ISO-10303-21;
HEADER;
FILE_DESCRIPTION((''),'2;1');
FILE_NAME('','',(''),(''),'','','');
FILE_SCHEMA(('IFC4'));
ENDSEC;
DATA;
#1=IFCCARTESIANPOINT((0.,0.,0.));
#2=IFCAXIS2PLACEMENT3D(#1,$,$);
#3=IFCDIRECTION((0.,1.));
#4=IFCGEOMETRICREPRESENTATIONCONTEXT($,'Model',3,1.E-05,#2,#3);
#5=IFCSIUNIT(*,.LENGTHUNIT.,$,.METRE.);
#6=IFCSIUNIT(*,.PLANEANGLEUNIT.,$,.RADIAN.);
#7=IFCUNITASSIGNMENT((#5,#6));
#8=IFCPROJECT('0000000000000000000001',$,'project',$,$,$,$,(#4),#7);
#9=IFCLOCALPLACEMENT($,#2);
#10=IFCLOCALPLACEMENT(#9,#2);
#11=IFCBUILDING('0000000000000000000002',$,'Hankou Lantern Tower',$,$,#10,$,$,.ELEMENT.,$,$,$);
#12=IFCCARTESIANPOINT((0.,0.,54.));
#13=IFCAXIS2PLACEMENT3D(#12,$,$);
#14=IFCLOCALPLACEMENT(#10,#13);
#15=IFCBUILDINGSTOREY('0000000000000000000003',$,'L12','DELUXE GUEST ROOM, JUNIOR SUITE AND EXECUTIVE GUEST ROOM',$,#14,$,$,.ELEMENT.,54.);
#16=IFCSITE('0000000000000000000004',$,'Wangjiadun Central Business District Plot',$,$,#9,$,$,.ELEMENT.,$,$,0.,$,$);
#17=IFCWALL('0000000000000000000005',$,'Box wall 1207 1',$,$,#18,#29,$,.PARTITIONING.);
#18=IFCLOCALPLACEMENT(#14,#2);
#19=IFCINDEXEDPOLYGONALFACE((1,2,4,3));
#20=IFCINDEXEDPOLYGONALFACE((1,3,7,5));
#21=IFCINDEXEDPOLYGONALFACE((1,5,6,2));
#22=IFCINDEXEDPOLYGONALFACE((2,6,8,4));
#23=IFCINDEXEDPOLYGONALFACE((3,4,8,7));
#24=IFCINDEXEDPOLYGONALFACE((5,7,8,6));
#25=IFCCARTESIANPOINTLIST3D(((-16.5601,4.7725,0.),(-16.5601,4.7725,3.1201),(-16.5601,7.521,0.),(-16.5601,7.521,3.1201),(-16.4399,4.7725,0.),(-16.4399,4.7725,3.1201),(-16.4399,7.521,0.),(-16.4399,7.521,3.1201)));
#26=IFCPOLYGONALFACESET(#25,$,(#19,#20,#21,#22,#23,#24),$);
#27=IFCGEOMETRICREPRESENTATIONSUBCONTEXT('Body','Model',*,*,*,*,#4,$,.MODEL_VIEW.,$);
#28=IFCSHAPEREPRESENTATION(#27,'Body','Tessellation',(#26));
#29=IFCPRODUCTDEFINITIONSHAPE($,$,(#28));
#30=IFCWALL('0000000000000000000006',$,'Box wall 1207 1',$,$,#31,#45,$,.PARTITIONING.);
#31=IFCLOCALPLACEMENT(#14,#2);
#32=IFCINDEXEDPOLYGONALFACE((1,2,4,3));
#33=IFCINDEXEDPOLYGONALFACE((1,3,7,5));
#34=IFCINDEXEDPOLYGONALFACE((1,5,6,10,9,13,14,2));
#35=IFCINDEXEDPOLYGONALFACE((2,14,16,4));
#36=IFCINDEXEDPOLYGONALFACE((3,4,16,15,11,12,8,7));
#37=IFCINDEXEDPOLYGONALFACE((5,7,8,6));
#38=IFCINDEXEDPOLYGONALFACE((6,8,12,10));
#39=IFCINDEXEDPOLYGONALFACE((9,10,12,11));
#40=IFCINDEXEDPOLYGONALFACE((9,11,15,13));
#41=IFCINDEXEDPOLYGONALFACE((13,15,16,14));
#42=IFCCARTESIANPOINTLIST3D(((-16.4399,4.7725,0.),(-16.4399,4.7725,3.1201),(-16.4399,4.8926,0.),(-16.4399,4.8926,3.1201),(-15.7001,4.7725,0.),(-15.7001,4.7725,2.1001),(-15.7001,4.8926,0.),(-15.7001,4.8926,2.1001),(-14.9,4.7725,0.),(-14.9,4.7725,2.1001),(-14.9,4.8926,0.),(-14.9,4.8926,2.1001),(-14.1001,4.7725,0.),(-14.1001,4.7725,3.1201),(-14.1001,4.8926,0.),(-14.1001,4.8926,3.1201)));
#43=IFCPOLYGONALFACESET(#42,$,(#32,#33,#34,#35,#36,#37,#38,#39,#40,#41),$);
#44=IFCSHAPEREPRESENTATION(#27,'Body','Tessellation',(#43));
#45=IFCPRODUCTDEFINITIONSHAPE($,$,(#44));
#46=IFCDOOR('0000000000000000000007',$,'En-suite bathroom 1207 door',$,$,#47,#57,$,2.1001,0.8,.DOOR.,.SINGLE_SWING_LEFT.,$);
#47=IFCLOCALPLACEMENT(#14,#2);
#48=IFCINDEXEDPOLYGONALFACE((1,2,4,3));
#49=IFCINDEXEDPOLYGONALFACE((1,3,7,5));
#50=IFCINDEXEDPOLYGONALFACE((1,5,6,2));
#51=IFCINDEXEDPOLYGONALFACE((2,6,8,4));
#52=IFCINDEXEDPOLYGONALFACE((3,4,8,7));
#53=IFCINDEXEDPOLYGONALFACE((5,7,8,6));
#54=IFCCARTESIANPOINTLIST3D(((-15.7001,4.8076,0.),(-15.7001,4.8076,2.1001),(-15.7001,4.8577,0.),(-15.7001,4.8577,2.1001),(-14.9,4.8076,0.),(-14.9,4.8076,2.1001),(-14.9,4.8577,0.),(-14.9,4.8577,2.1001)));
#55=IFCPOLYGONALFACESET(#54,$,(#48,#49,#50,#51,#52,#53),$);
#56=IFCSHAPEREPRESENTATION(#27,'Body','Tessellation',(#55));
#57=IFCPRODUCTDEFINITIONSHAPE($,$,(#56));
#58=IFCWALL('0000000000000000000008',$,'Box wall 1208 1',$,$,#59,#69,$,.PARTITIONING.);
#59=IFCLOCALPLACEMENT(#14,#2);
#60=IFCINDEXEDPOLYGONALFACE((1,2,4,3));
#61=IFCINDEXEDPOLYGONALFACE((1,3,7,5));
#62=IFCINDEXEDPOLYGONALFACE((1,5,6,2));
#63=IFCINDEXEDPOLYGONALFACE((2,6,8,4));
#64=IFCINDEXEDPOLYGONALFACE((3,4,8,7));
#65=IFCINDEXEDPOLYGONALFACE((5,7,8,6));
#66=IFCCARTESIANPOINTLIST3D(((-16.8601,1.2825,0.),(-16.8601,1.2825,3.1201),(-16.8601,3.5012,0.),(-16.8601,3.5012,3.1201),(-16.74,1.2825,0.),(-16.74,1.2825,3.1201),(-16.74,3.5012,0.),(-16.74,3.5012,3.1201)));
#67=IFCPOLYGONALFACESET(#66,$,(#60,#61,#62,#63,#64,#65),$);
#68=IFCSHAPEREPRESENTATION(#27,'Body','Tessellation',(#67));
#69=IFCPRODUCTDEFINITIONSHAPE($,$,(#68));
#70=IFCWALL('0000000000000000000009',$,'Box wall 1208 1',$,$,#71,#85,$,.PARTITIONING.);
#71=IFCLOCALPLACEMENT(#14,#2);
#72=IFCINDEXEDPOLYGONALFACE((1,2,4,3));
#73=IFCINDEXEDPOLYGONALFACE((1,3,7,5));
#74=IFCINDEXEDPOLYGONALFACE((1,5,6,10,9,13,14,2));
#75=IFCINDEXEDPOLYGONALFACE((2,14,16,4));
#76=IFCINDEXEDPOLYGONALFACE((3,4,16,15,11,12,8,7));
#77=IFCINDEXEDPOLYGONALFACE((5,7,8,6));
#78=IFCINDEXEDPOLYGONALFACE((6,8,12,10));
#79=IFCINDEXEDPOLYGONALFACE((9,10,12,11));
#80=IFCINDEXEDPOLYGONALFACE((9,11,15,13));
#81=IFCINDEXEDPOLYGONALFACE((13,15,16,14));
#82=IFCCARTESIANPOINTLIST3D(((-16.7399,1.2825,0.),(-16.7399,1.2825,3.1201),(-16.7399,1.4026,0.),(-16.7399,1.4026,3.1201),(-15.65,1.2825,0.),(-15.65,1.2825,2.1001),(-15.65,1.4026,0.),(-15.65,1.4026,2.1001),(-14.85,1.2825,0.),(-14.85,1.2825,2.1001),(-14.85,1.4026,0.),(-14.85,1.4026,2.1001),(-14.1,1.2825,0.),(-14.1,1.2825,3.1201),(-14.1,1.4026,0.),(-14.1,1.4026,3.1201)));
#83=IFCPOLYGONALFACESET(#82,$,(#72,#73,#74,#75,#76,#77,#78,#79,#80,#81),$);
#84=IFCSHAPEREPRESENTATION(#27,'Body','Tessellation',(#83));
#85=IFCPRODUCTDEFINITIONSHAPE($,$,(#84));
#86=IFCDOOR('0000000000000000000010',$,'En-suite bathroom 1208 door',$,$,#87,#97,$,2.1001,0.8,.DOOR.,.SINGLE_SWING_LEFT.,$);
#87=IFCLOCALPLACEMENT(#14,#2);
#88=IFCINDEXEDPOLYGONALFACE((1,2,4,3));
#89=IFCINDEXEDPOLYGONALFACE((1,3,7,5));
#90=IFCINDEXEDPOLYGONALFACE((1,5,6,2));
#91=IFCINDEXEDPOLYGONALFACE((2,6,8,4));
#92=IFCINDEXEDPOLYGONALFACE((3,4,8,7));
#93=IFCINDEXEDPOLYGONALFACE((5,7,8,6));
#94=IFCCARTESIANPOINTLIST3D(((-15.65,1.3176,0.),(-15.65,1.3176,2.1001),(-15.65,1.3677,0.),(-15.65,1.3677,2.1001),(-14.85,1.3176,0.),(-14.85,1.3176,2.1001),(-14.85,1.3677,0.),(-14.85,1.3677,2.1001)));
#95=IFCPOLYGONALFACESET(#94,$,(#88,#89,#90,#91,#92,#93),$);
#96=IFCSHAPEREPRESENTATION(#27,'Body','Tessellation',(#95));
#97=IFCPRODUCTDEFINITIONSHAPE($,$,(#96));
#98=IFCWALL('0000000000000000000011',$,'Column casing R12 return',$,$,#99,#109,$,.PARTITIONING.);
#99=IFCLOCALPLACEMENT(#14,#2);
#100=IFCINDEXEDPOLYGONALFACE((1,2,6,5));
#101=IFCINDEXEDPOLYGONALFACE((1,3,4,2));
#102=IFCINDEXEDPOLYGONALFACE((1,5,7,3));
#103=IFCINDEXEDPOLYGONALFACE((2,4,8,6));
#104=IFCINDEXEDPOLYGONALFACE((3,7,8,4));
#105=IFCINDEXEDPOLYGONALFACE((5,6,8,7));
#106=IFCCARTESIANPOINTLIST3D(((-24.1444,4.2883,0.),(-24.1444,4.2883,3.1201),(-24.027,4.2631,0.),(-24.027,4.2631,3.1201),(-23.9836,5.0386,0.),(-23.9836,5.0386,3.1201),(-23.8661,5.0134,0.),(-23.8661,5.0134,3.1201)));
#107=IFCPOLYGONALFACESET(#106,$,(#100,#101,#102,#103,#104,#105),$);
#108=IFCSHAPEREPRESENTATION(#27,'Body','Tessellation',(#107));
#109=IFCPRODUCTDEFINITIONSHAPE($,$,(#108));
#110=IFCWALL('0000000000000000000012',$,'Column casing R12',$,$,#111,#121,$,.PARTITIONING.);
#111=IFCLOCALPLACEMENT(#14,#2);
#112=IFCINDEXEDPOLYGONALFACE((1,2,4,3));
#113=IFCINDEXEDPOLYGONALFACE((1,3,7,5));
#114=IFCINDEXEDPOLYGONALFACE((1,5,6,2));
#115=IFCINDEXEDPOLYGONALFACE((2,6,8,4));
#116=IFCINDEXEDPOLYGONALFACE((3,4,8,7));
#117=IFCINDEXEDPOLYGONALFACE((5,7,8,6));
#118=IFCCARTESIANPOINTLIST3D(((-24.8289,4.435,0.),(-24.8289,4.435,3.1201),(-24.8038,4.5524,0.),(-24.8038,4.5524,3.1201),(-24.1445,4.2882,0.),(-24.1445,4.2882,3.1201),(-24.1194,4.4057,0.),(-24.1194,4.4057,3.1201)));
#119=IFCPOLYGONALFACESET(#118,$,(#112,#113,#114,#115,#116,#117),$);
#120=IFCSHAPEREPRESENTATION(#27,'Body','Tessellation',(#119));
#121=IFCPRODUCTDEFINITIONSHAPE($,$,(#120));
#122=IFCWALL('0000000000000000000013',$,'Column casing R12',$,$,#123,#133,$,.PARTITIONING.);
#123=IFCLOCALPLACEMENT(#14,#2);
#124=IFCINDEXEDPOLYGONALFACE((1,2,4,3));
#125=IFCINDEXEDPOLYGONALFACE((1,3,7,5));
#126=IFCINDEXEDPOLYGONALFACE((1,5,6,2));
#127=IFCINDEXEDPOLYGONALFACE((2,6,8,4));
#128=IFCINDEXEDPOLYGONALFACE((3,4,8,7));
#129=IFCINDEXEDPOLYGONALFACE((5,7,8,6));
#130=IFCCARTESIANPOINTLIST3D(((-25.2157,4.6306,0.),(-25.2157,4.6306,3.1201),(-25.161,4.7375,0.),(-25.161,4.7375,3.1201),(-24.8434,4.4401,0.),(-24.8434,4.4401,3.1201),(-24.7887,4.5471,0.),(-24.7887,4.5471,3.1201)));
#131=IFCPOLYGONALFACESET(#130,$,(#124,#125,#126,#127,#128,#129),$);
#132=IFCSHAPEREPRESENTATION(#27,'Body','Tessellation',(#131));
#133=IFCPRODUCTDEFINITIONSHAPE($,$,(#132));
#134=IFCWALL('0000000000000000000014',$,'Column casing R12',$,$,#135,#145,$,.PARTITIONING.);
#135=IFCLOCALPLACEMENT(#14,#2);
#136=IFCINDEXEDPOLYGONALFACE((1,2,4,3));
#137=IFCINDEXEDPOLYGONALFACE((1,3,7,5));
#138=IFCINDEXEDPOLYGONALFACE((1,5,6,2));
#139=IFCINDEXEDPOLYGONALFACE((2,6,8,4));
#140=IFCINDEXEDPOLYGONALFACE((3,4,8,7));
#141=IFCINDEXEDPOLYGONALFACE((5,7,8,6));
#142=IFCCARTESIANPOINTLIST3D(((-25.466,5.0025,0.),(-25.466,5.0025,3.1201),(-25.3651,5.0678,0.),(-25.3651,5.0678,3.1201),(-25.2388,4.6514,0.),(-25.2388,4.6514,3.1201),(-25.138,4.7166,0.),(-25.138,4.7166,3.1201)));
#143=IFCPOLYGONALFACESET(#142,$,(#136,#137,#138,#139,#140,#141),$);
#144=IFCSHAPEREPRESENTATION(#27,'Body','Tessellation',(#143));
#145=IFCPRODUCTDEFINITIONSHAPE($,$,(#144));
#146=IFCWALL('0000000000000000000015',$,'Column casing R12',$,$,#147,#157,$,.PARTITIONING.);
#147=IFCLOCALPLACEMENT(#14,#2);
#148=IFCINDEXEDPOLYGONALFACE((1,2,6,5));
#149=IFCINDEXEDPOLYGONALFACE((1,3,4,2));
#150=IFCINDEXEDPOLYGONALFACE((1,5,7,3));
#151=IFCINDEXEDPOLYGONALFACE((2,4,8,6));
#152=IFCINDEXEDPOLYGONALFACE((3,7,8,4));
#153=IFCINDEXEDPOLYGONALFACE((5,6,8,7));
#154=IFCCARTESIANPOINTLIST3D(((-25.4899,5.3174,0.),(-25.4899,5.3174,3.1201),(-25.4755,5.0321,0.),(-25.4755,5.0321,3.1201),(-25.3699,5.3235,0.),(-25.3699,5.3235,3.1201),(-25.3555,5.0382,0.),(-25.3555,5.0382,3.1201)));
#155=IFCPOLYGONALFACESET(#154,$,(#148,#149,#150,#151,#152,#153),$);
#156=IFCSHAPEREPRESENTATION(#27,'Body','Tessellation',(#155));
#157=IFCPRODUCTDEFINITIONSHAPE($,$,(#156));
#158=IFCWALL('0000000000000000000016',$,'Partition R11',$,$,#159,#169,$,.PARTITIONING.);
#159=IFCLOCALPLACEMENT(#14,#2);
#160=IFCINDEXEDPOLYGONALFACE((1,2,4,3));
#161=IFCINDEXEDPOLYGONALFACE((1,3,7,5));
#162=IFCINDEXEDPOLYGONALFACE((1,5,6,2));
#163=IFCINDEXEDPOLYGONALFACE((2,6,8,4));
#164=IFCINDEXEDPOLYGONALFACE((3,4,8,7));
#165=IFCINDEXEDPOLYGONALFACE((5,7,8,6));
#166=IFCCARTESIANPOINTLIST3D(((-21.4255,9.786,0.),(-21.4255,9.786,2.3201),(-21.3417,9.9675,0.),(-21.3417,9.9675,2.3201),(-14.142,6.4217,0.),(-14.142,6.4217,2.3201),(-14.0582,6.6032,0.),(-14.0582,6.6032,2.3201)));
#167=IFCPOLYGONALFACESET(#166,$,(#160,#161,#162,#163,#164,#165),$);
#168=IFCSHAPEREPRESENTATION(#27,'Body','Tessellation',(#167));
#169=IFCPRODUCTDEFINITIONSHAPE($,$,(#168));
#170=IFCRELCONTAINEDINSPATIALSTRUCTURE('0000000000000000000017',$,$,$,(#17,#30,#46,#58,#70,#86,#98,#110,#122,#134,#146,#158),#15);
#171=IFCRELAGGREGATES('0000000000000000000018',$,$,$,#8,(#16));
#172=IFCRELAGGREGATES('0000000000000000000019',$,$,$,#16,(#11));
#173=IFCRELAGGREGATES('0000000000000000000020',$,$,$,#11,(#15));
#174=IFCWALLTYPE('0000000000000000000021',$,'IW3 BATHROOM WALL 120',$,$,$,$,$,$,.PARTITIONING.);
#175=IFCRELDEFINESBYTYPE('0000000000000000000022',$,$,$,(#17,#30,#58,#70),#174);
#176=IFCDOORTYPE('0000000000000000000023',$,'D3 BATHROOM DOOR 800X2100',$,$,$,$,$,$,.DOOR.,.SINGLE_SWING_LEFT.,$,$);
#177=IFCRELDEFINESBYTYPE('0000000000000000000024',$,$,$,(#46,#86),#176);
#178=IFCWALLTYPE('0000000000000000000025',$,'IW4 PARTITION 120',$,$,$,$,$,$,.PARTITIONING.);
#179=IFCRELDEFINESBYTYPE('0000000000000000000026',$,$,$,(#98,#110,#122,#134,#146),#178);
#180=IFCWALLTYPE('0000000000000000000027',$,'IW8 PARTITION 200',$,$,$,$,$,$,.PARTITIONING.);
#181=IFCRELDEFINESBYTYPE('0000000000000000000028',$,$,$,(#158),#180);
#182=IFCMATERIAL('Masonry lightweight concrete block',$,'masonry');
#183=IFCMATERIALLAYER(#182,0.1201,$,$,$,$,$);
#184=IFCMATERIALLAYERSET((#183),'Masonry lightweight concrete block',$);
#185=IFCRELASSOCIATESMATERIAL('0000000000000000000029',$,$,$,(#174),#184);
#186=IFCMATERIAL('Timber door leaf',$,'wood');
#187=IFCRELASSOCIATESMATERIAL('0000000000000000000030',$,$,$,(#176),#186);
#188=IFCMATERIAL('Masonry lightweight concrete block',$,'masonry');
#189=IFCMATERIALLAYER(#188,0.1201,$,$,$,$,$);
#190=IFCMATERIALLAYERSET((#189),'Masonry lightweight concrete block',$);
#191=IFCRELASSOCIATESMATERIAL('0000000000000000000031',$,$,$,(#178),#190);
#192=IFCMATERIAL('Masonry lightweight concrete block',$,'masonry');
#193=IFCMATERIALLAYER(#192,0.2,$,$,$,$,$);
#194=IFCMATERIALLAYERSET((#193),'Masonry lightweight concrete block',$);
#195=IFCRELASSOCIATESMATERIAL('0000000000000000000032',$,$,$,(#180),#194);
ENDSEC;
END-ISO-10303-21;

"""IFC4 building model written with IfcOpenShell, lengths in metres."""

from ifc_helpers import new_model, si_unit, direction, frame, frame_2d, origin, place, context, subcontext, project, spatial, rectangle, extrude, material, layer, layer_set, type_object, element, fill, save


model = new_model("IFC4")

# Units and contexts
model_context = context("Model", 3, precision=1e-05, world=origin(), true_north=direction((0.0, 1.0)))
body_context = subcontext(model_context, "Body", "Model", "MODEL_VIEW")
ifc_project = project(units=[si_unit("LENGTHUNIT", "METRE"), si_unit("PLANEANGLEUNIT", "RADIAN")], contexts=[model_context])

# Site, building, storey
site_placement = place(None, origin())
site = spatial("IfcSite", under=ifc_project, at=site_placement, Name="Wangjiadun Central Business District Plot", CompositionType="ELEMENT", RefElevation=0.0)
building_placement = place(site_placement, origin())
building = spatial("IfcBuilding", under=site, at=building_placement, Name="Hankou Lantern Tower", CompositionType="ELEMENT")
storey_placement = place(building_placement, frame((0.0, 0.0, 54.0)))
storey = spatial("IfcBuildingStorey", under=building, at=storey_placement, Name="L12", Description="DELUXE GUEST ROOM, JUNIOR SUITE AND EXECUTIVE GUEST ROOM", CompositionType="ELEMENT", Elevation=54.0)

# Wall
ifc_material_1 = material(Name="Masonry lightweight concrete block", Category="masonry")
ifc_layer_1 = layer(ifc_material_1, 0.1201)
ifc_layer_set_1 = layer_set([ifc_layer_1], Name="Masonry lightweight concrete block")
wall_type_1 = type_object("IfcWallType", Name="IW3 BATHROOM WALL 120", PredefinedType="PARTITIONING", material=ifc_layer_set_1)
wall_1_placement = place(storey_placement, frame((-16.5, 7.521, 0.0), z_axis=(0.0, 0.0, 1.0), x_axis=(0.0, -1.0, 0.0)))
element("IfcWall", 1, at=wall_1_placement, inside=storey, type_object=wall_type_1, Name="Box wall 1207 1", PredefinedType="PARTITIONING", context=body_context, shape_type="SweptSolid", body=[
    extrude(rectangle(XDim=2.7485, YDim=0.1201, at=frame_2d((1.3743, 0.0))), origin(), (0.0, 0.0, 1.0), 3.1201),
])

# Wall, opening, door
wall_2_placement = place(storey_placement, frame((-14.1001, 4.8325, 0.0), z_axis=(0.0, 0.0, 1.0), x_axis=(-1.0, 0.0, 0.0)))
wall_2 = element("IfcWall", 2, at=wall_2_placement, inside=storey, type_object=wall_type_1, Name="Box wall 1207 1", PredefinedType="PARTITIONING", context=body_context, shape_type="SweptSolid", body=[
    extrude(rectangle(XDim=2.3398, YDim=0.1201, at=frame_2d((1.1699, 0.0))), origin(), (0.0, 0.0, 1.0), 3.1201),
])
opening_1_placement = place(wall_2_placement, frame((0.8, 0.0, 0.0)))
opening_1 = element("IfcOpeningElement", 3, at=opening_1_placement, cuts=wall_2, PredefinedType="OPENING", context=body_context, shape_type="SweptSolid", body=[
    extrude(rectangle(XDim=0.8, YDim=2.1001, at=frame_2d((0.3999, 1.05))), frame((0.0, 0.0701, 0.0), z_axis=(0.0, -1.0, 0.0), x_axis=(1.0, 0.0, 0.0)), (0.0, 0.0, 1.0), 0.1401),
])
ifc_material_2 = material(Name="Timber door leaf", Category="wood")
door_type_1 = type_object("IfcDoorType", Name="D3 BATHROOM DOOR 800X2100", OperationType="SINGLE_SWING_LEFT", PredefinedType="DOOR", material=ifc_material_2)
door_1_placement = place(opening_1_placement, origin())
door_1 = element("IfcDoor", 4, at=door_1_placement, inside=storey, type_object=door_type_1, Name="En-suite bathroom 1207 door", OperationType="SINGLE_SWING_LEFT", OverallHeight=2.1001, OverallWidth=0.8, PredefinedType="DOOR", context=body_context, shape_type="SweptSolid", body=[
    extrude(rectangle(XDim=0.8, YDim=2.1001, at=frame_2d((0.3999, 1.05))), frame((0.0, 0.0249, 0.0), z_axis=(0.0, -1.0, 0.0), x_axis=(1.0, 0.0, 0.0)), (0.0, 0.0, 1.0), 0.05),
])
fill(opening_1, door_1)

# Wall
wall_3_placement = place(storey_placement, frame((-16.8, 3.5012, 0.0), z_axis=(0.0, 0.0, 1.0), x_axis=(0.0, -1.0, 0.0)))
element("IfcWall", 5, at=wall_3_placement, inside=storey, type_object=wall_type_1, Name="Box wall 1208 1", PredefinedType="PARTITIONING", context=body_context, shape_type="SweptSolid", body=[
    extrude(rectangle(XDim=2.2188, YDim=0.1201, at=frame_2d((1.1094, 0.0))), origin(), (0.0, 0.0, 1.0), 3.1201),
])

# Wall, opening, door
wall_4_placement = place(storey_placement, frame((-14.1001, 1.3425, 0.0), z_axis=(0.0, 0.0, 1.0), x_axis=(-1.0, 0.0, 0.0)))
wall_4 = element("IfcWall", 6, at=wall_4_placement, inside=storey, type_object=wall_type_1, Name="Box wall 1208 1", PredefinedType="PARTITIONING", context=body_context, shape_type="SweptSolid", body=[
    extrude(rectangle(XDim=2.6399, YDim=0.1201, at=frame_2d((1.3198, 0.0))), origin(), (0.0, 0.0, 1.0), 3.1201),
])
opening_2_placement = place(wall_4_placement, frame((0.75, 0.0, 0.0)))
opening_2 = element("IfcOpeningElement", 7, at=opening_2_placement, cuts=wall_4, PredefinedType="OPENING", context=body_context, shape_type="SweptSolid", body=[
    extrude(rectangle(XDim=0.8, YDim=2.1001, at=frame_2d((0.3999, 1.05))), frame((0.0, 0.0701, 0.0), z_axis=(0.0, -1.0, 0.0), x_axis=(1.0, 0.0, 0.0)), (0.0, 0.0, 1.0), 0.1401),
])
door_2_placement = place(opening_2_placement, origin())
door_2 = element("IfcDoor", 8, at=door_2_placement, inside=storey, type_object=door_type_1, Name="En-suite bathroom 1208 door", OperationType="SINGLE_SWING_LEFT", OverallHeight=2.1001, OverallWidth=0.8, PredefinedType="DOOR", context=body_context, shape_type="SweptSolid", body=[
    extrude(rectangle(XDim=0.8, YDim=2.1001, at=frame_2d((0.3999, 1.05))), frame((0.0, 0.0249, 0.0), z_axis=(0.0, -1.0, 0.0), x_axis=(1.0, 0.0, 0.0)), (0.0, 0.0, 1.0), 0.05),
])
fill(opening_2, door_2)

# Walls
ifc_material_3 = material(Name="Masonry lightweight concrete block", Category="masonry")
ifc_layer_2 = layer(ifc_material_3, 0.1201)
ifc_layer_set_2 = layer_set([ifc_layer_2], Name="Masonry lightweight concrete block")
wall_type_2 = type_object("IfcWallType", Name="IW4 PARTITION 120", PredefinedType="PARTITIONING", material=ifc_layer_set_2)
wall_5_placement = place(storey_placement, frame((-23.9248, 5.0261, 0.0), z_axis=(0.0, 0.0, 1.0), x_axis=(-0.209681, -0.97777, 0.0)))
element("IfcWall", 9, at=wall_5_placement, inside=storey, type_object=wall_type_2, Name="Column casing R12 return", PredefinedType="PARTITIONING", context=body_context, shape_type="SweptSolid", body=[
    extrude(rectangle(XDim=0.7673, YDim=0.1201, at=frame_2d((0.3838, 0.0))), origin(), (0.0, 0.0, 1.0), 3.1201),
])
wall_6_placement = place(storey_placement, frame((-24.1318, 4.3469, 0.0), z_axis=(0.0, 0.0, 1.0), x_axis=(-0.977777, 0.209648, 0.0)))
element("IfcWall", 10, at=wall_6_placement, inside=storey, type_object=wall_type_2, Name="Column casing R12", PredefinedType="PARTITIONING", context=body_context, shape_type="SweptSolid", body=[
    extrude(rectangle(XDim=0.7, YDim=0.1201, at=frame_2d((0.3501, 0.0))), origin(), (0.0, 0.0, 1.0), 3.1201),
])
for number, where, z_axis, x_axis, name in (
    (11, (-24.8162, 4.4937, 0.0), (0.0, 0.0, 1.0), (-0.890303, 0.455368, 0.0), "Column casing R12"),
    (12, (-25.1885, 4.6841, 0.0), (0.0, 0.0, 1.0), (-0.543058, 0.839695, 0.0), "Column casing R12"),
):
    element("IfcWall", number, at=place(storey_placement, frame(where, z_axis=z_axis, x_axis=x_axis)), inside=storey, type_object=wall_type_2, Name=name, PredefinedType="PARTITIONING", context=body_context, shape_type="SweptSolid", body=[
        extrude(rectangle(XDim=0.4182, YDim=0.1201, at=frame_2d((0.209, 0.0))), origin(), (0.0, 0.0, 1.0), 3.1201),
    ])
wall_7_placement = place(storey_placement, frame((-25.4155, 5.0352, 0.0), z_axis=(0.0, 0.0, 1.0), x_axis=(-0.050406, 0.998729, 0.0)))
element("IfcWall", 13, at=wall_7_placement, inside=storey, type_object=wall_type_2, Name="Column casing R12", PredefinedType="PARTITIONING", context=body_context, shape_type="SweptSolid", body=[
    extrude(rectangle(XDim=0.2856, YDim=0.1201, at=frame_2d((0.1428, 0.0))), origin(), (0.0, 0.0, 1.0), 3.1201),
])
ifc_material_4 = material(Name="Masonry lightweight concrete block", Category="masonry")
ifc_layer_3 = layer(ifc_material_4, 0.2)
ifc_layer_set_3 = layer_set([ifc_layer_3], Name="Masonry lightweight concrete block")
wall_type_3 = type_object("IfcWallType", Name="IW8 PARTITION 200", PredefinedType="PARTITIONING", material=ifc_layer_set_3)
wall_8_placement = place(storey_placement, frame((-14.1001, 6.5125, 0.0), z_axis=(0.0, 0.0, 1.0), x_axis=(-0.907833, 0.419332, 0.0)))
element("IfcWall", 14, at=wall_8_placement, inside=storey, type_object=wall_type_3, Name="Partition R11", PredefinedType="PARTITIONING", context=body_context, shape_type="SweptSolid", body=[
    extrude(rectangle(XDim=8.0229, YDim=0.2, at=frame_2d((4.0115, 0.0))), origin(), (0.0, 0.0, 1.0), 2.3201),
])

save(model, "model.ifc")
